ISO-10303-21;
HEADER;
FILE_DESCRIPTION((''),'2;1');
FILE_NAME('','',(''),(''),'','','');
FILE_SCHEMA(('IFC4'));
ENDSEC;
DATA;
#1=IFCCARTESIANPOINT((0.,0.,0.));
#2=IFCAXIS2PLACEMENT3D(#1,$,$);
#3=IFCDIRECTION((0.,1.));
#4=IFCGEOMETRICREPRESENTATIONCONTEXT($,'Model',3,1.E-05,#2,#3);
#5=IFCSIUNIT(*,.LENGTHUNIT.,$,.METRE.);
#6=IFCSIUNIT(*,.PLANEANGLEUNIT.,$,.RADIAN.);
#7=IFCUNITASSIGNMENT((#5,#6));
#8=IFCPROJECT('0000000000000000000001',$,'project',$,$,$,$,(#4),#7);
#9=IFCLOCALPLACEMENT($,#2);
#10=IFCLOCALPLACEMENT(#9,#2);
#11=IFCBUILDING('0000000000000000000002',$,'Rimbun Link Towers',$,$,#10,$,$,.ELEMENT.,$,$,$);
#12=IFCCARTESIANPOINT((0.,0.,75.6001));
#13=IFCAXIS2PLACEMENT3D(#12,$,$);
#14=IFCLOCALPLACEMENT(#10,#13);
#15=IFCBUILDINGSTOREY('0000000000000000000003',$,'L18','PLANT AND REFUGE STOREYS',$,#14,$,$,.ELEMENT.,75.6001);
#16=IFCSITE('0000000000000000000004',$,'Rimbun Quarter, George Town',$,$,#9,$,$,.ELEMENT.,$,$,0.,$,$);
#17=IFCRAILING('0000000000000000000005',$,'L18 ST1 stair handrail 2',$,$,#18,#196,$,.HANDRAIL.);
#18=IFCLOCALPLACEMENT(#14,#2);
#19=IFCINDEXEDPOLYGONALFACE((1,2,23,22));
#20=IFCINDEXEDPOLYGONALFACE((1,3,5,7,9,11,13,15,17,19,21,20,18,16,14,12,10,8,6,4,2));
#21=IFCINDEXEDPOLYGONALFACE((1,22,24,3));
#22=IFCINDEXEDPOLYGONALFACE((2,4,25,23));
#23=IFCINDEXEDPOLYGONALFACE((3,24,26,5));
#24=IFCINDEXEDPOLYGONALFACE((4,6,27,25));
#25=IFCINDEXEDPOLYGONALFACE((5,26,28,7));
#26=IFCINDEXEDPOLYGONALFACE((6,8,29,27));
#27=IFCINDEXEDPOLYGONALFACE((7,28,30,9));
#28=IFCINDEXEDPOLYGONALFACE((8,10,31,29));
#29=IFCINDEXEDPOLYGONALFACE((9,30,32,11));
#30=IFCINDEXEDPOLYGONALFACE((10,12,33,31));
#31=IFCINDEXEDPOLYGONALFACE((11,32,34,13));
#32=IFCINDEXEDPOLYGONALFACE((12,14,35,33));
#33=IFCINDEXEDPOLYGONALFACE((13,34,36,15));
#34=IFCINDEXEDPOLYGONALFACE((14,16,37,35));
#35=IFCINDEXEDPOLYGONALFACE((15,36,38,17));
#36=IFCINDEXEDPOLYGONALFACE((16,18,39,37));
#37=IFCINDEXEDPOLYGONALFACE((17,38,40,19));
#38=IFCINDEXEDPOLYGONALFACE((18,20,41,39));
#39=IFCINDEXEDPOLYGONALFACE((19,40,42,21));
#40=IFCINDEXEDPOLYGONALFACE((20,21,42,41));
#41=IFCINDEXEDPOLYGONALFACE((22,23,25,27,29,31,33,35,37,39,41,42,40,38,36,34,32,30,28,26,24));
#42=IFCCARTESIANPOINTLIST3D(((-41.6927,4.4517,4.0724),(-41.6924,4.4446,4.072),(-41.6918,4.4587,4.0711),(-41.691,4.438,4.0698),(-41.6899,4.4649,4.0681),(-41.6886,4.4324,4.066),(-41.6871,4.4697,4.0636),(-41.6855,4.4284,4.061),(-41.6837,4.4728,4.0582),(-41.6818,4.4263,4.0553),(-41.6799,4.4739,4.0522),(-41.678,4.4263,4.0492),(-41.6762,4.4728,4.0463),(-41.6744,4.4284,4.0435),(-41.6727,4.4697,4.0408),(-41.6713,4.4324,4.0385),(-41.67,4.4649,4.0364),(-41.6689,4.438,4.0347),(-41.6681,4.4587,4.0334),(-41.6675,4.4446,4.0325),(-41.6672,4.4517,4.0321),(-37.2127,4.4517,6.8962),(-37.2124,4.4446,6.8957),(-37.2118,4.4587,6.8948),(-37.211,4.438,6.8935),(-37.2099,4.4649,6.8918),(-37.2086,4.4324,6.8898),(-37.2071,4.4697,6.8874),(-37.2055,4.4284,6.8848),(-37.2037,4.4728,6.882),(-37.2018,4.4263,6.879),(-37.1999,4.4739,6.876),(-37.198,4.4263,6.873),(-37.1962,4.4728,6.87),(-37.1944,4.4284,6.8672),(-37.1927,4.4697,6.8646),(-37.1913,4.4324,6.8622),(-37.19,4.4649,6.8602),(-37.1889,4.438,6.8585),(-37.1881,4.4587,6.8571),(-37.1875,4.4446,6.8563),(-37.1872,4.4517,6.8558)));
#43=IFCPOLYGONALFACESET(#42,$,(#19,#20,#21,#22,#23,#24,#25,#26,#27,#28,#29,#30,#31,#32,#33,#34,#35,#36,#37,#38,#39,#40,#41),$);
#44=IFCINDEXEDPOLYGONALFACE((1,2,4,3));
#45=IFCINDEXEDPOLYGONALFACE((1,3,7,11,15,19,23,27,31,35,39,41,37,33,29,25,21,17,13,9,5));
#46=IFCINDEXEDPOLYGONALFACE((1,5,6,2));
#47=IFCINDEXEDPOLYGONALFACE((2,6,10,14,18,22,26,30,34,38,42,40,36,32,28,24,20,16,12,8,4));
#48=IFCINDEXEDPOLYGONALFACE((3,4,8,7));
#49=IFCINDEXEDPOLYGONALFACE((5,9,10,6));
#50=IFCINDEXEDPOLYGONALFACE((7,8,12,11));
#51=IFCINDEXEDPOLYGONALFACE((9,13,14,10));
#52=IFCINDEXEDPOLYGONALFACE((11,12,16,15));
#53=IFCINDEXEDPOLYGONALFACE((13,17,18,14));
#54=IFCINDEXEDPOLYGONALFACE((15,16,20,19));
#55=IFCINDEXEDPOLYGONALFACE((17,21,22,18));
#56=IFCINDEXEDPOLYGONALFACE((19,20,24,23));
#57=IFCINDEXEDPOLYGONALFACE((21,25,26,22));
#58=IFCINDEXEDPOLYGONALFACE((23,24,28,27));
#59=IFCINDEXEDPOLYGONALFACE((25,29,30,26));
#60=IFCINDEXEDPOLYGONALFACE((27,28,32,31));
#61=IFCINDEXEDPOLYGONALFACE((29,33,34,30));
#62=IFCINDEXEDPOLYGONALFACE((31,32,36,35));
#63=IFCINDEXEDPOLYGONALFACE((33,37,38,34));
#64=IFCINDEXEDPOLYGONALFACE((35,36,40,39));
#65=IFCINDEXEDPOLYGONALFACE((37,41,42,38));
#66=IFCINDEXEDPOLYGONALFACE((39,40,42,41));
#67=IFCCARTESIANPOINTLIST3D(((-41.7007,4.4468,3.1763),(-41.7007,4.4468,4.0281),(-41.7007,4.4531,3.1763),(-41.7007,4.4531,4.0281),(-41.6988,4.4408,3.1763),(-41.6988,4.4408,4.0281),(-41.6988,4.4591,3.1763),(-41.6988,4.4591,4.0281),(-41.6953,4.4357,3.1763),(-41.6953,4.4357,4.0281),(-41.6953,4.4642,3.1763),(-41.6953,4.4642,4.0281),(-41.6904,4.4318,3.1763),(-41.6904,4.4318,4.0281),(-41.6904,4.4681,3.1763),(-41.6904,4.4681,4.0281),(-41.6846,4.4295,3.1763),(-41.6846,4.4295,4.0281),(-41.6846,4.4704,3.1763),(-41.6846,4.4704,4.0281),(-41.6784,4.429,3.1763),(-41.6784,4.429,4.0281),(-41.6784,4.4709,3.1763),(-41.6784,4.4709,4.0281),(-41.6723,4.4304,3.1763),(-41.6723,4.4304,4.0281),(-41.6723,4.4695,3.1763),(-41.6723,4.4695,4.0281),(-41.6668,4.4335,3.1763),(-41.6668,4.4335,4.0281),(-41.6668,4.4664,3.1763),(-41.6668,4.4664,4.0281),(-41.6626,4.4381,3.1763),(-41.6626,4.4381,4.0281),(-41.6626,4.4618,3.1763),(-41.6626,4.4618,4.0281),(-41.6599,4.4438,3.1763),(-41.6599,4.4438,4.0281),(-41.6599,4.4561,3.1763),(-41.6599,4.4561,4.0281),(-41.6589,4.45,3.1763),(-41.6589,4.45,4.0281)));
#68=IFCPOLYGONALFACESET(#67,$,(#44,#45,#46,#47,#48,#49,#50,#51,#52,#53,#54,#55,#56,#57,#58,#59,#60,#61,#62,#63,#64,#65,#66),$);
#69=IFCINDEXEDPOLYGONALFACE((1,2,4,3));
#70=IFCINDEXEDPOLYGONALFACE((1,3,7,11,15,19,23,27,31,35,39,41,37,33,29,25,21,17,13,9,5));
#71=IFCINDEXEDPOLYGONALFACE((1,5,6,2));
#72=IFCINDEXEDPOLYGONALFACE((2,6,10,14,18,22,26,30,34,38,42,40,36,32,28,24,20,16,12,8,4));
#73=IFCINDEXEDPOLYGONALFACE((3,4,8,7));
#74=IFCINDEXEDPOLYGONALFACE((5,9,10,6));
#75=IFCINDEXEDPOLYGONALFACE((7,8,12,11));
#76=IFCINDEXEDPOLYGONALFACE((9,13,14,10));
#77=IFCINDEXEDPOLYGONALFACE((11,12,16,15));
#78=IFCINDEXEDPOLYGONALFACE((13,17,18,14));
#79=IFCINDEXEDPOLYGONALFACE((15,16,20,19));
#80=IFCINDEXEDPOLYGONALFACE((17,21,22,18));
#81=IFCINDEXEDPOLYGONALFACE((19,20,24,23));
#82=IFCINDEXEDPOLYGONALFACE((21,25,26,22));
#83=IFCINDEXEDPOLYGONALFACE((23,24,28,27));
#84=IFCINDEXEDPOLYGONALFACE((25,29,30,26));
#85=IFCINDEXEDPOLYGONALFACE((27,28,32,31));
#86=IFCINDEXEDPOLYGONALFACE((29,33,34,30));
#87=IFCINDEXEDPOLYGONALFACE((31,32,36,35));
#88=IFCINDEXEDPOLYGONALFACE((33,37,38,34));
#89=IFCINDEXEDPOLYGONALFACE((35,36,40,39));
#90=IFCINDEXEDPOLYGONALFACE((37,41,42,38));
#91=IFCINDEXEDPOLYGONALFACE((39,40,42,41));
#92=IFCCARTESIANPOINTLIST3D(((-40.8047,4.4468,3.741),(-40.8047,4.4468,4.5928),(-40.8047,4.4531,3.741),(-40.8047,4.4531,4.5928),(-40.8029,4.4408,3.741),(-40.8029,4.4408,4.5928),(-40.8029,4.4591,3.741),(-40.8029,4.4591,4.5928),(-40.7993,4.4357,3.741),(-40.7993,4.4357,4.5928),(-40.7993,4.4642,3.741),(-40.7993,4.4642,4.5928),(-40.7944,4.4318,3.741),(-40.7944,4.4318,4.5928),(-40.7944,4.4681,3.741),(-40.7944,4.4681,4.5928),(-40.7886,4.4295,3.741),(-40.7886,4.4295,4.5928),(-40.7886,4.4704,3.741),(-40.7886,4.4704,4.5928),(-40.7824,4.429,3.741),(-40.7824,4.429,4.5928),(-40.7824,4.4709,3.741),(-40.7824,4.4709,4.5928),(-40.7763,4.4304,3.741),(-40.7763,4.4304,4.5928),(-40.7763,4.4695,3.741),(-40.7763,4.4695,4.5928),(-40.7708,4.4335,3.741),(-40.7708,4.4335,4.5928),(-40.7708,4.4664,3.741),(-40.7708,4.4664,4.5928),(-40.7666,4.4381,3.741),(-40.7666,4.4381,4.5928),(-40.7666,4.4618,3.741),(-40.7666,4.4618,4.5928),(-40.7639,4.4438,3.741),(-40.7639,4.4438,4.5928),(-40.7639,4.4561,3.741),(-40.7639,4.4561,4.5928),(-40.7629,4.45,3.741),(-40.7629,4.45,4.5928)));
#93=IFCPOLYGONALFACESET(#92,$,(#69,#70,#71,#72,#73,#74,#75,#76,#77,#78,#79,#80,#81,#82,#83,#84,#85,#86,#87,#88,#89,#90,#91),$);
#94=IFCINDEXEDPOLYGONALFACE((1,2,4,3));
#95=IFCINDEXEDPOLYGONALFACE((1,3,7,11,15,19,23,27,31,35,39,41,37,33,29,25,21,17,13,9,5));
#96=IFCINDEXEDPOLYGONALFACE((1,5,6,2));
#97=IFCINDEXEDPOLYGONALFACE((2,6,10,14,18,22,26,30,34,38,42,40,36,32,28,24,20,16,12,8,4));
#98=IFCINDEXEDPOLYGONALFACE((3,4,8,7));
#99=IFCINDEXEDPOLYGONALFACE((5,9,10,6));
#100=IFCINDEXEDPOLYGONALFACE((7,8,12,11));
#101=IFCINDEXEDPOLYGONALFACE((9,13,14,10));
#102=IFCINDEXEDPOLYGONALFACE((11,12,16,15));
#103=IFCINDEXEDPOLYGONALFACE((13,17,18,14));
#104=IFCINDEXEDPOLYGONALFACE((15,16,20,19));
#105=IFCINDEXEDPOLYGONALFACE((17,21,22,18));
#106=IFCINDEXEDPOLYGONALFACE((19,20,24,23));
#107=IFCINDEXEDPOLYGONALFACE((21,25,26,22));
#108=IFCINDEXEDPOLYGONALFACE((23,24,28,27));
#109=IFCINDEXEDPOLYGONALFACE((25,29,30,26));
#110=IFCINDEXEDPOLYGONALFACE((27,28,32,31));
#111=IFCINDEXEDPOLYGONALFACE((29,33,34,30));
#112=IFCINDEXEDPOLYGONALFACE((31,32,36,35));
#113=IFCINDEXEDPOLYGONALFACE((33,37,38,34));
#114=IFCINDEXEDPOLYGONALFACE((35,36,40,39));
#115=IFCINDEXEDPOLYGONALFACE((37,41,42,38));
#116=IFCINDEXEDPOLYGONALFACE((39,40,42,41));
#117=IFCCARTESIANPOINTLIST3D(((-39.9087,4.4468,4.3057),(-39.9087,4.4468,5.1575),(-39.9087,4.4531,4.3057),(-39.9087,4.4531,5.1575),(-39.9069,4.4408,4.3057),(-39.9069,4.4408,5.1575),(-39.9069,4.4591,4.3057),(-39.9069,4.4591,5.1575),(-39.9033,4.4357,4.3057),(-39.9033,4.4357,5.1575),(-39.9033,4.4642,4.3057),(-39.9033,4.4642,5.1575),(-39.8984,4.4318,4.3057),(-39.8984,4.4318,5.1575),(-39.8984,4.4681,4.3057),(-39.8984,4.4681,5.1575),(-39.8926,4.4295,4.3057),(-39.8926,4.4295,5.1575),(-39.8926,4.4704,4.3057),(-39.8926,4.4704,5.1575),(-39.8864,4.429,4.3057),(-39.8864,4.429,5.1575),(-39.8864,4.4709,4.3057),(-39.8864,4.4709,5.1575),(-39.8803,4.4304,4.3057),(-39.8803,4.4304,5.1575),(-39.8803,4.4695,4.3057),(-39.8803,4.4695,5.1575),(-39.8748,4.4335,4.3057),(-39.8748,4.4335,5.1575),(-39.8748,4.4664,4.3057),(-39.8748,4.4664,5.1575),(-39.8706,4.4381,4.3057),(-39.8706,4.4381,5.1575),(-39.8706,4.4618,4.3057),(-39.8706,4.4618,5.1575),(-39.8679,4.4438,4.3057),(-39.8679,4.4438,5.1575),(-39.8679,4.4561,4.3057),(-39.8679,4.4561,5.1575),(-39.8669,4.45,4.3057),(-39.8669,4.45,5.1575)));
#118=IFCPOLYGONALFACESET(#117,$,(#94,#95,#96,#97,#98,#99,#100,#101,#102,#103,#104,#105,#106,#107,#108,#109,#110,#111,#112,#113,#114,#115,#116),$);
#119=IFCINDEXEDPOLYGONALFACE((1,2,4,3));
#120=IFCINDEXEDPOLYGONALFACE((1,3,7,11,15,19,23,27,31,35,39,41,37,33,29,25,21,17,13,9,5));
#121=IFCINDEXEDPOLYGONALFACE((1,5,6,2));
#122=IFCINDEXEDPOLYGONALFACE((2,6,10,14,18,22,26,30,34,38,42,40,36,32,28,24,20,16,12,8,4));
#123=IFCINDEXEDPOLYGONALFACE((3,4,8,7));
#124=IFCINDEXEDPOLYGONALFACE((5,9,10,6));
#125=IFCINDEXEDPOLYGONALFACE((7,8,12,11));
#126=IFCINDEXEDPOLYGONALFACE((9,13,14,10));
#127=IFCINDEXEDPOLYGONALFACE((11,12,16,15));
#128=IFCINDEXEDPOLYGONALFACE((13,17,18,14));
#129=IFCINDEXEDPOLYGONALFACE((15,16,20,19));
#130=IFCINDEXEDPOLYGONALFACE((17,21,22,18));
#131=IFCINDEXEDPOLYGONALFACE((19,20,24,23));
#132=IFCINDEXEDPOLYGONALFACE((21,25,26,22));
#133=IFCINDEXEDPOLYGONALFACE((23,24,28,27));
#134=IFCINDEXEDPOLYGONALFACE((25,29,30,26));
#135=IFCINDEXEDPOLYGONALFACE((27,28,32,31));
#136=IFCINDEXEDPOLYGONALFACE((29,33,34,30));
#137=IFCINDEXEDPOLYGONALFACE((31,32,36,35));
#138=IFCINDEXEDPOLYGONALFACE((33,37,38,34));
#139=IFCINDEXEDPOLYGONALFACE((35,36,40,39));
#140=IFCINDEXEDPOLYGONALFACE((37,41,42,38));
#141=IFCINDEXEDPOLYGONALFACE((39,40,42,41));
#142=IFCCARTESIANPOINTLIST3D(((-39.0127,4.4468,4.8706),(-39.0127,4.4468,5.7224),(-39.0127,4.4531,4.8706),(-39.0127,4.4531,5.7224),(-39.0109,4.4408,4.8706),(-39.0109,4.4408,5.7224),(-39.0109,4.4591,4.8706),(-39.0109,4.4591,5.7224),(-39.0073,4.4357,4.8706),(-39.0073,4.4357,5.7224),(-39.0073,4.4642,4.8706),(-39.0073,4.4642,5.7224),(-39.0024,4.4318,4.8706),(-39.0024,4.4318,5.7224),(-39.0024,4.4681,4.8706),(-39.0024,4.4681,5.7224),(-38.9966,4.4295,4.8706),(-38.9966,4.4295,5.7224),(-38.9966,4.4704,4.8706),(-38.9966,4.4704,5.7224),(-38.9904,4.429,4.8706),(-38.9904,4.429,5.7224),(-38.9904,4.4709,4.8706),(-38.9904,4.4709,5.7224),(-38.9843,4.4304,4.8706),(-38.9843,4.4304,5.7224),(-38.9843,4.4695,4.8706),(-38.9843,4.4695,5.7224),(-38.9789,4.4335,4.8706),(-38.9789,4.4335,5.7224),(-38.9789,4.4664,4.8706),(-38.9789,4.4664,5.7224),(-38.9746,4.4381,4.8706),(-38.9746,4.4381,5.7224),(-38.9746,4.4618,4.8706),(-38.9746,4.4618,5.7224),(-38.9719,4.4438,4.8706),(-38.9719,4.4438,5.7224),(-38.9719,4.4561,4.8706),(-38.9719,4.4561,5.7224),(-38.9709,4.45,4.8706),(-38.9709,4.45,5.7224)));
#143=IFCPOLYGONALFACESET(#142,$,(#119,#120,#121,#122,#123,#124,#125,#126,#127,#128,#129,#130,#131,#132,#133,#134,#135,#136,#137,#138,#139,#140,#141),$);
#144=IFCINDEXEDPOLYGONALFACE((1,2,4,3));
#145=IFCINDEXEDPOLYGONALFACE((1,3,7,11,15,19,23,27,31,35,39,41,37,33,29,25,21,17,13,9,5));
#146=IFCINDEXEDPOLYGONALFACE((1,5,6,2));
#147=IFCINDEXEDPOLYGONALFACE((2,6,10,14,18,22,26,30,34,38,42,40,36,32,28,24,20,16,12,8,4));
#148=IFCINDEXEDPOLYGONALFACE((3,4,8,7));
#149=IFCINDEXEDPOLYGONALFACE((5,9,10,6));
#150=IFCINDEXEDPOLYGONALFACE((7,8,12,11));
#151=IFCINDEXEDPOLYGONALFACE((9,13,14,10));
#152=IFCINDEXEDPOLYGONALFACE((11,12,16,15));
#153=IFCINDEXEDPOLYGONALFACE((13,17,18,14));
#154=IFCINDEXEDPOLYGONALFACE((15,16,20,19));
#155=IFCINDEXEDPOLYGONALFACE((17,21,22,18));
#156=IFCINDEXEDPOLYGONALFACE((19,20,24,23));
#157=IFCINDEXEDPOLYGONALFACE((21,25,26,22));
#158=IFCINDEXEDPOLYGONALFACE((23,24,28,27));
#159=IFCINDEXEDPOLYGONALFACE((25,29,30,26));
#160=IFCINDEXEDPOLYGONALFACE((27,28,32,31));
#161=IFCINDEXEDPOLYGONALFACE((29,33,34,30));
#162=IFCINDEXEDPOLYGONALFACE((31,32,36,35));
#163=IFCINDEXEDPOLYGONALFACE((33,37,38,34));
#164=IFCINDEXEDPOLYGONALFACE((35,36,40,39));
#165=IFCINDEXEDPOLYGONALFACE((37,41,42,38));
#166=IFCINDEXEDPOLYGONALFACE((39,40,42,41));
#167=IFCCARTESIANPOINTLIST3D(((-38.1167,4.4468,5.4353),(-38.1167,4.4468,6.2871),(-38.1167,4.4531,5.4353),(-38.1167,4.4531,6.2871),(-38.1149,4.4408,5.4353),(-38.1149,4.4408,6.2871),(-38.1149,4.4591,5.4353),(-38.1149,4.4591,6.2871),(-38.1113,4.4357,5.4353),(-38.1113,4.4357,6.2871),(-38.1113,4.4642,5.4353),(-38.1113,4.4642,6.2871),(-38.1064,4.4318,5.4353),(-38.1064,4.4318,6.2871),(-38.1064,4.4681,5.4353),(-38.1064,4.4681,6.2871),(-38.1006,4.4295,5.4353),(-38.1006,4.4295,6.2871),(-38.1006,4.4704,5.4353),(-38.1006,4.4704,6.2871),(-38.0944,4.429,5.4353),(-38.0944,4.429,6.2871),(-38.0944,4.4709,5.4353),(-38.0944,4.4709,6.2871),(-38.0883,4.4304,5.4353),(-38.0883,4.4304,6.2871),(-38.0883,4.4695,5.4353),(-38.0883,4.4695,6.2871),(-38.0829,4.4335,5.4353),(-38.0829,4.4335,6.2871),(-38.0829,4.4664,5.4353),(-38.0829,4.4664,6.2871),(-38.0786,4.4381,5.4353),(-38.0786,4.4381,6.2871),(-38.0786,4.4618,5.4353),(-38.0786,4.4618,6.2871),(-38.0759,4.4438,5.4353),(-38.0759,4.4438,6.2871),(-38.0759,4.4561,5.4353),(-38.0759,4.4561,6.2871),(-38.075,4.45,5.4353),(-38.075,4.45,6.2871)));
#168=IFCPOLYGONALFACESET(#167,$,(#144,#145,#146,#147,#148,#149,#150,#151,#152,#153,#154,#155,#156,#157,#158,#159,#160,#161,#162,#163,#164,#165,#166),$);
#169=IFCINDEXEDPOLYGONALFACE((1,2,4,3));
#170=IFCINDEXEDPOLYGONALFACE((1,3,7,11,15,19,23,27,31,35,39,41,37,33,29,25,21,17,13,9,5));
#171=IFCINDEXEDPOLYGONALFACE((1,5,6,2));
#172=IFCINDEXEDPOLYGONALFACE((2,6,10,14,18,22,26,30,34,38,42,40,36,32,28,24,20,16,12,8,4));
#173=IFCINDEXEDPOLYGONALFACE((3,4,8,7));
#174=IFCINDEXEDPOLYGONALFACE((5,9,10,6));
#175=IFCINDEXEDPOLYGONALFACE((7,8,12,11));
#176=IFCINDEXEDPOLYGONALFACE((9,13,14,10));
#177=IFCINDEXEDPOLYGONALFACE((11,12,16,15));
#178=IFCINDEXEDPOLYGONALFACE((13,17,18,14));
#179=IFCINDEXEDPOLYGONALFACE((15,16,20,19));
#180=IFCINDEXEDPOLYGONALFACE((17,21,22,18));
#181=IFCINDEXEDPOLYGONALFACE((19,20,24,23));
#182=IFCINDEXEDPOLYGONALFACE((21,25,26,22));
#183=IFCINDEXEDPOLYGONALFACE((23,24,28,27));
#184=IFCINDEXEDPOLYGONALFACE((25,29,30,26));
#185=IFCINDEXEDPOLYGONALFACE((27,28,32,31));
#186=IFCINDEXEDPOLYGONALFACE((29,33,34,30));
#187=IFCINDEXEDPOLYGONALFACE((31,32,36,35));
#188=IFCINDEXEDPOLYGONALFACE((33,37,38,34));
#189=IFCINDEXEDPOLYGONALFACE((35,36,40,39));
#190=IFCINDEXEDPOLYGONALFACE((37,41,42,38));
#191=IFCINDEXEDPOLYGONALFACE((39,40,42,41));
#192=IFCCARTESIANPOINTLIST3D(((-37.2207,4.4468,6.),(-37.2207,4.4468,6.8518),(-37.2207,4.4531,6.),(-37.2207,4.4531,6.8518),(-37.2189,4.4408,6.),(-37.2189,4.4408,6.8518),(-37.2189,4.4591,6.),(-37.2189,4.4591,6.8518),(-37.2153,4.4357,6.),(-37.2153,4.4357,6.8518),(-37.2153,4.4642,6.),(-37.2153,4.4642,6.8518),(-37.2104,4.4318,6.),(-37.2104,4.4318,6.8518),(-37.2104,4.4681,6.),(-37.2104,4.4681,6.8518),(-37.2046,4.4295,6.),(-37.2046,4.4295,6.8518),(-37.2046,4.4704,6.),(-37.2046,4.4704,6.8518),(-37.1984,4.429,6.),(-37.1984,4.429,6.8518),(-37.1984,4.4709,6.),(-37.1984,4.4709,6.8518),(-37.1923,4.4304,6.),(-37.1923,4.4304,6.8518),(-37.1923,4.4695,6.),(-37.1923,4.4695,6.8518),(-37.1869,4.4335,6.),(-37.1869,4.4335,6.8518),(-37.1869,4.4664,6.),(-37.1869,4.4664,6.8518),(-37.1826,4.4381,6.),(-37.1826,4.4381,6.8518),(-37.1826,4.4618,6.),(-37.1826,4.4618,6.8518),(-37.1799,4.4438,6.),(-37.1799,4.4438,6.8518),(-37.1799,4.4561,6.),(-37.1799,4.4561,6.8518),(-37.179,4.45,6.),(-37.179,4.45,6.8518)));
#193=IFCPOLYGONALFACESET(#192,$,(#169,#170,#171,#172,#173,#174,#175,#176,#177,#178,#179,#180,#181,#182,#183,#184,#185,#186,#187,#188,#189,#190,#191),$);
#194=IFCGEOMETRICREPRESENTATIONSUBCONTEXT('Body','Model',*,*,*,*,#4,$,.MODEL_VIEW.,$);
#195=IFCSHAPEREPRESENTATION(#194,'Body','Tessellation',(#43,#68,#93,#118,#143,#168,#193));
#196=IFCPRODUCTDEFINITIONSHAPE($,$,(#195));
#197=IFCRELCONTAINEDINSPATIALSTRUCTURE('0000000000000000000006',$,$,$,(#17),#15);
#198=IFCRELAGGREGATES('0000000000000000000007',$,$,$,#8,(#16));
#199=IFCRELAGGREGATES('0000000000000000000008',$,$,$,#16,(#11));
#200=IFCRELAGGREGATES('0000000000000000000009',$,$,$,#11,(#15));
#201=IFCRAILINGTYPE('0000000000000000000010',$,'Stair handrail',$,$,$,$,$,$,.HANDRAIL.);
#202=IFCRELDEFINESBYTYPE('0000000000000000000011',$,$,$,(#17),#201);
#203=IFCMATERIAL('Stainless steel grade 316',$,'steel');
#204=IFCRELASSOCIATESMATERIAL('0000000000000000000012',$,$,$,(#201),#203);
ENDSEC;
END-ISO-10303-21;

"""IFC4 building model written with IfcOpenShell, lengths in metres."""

from ifc_helpers import new_model, si_unit, direction, frame, origin, origin_2d, place, context, subcontext, project, spatial, circle, extrude, material, type_object, element, save


model = new_model("IFC4")

# Units and contexts
model_context = context("Model", 3, precision=1e-05, world=origin(), true_north=direction((0.0, 1.0)))
body_context = subcontext(model_context, "Body", "Model", "MODEL_VIEW")
ifc_project = project(units=[si_unit("LENGTHUNIT", "METRE"), si_unit("PLANEANGLEUNIT", "RADIAN")], contexts=[model_context])

# Site, building, storey
site_placement = place(None, origin())
site = spatial("IfcSite", under=ifc_project, at=site_placement, Name="Rimbun Quarter, George Town", CompositionType="ELEMENT", RefElevation=0.0)
building_placement = place(site_placement, origin())
building = spatial("IfcBuilding", under=site, at=building_placement, Name="Rimbun Link Towers", CompositionType="ELEMENT")
storey_placement = place(building_placement, frame((0.0, 0.0, 75.6001)))
storey = spatial("IfcBuildingStorey", under=building, at=storey_placement, Name="L18", Description="PLANT AND REFUGE STOREYS", CompositionType="ELEMENT", Elevation=75.6001)

# Railing
ifc_material_1 = material(Name="Stainless steel grade 316", Category="steel")
railing_type_1 = type_object("IfcRailingType", Name="Stair handrail", PredefinedType="HANDRAIL", material=ifc_material_1)
railing_1_placement = place(storey_placement, frame((-41.6799, 4.45, 3.1763)))
element("IfcRailing", 1, at=railing_1_placement, inside=storey, type_object=railing_type_1, Name="L18 ST1 stair handrail 2", PredefinedType="HANDRAIL", context=body_context, shape_type="SweptSolid", body=[
    extrude(circle(Radius=0.0239, at=origin_2d()), frame((0.0, 0.0, 0.876), z_axis=(0.845977, 0.0, 0.533219), x_axis=(0.0, 1.0, 0.0)), (0.0, 0.0, 1.0), 5.2957),
    extrude(circle(Radius=0.021, at=origin_2d()), origin(), (0.0, 0.0, 1.0), 0.8518),
    extrude(circle(Radius=0.021, at=origin_2d()), frame((0.896, 0.0, 0.5647)), (0.0, 0.0, 1.0), 0.8518),
    extrude(circle(Radius=0.021, at=origin_2d()), frame((1.792, 0.0, 1.1294)), (0.0, 0.0, 1.0), 0.8518),
    extrude(circle(Radius=0.021, at=origin_2d()), frame((2.688, 0.0, 1.6943)), (0.0, 0.0, 1.0), 0.8518),
    extrude(circle(Radius=0.021, at=origin_2d()), frame((3.584, 0.0, 2.259)), (0.0, 0.0, 1.0), 0.8518),
    extrude(circle(Radius=0.021, at=origin_2d()), frame((4.48, 0.0, 2.8237)), (0.0, 0.0, 1.0), 0.8518),
])

save(model, "model.ifc")
